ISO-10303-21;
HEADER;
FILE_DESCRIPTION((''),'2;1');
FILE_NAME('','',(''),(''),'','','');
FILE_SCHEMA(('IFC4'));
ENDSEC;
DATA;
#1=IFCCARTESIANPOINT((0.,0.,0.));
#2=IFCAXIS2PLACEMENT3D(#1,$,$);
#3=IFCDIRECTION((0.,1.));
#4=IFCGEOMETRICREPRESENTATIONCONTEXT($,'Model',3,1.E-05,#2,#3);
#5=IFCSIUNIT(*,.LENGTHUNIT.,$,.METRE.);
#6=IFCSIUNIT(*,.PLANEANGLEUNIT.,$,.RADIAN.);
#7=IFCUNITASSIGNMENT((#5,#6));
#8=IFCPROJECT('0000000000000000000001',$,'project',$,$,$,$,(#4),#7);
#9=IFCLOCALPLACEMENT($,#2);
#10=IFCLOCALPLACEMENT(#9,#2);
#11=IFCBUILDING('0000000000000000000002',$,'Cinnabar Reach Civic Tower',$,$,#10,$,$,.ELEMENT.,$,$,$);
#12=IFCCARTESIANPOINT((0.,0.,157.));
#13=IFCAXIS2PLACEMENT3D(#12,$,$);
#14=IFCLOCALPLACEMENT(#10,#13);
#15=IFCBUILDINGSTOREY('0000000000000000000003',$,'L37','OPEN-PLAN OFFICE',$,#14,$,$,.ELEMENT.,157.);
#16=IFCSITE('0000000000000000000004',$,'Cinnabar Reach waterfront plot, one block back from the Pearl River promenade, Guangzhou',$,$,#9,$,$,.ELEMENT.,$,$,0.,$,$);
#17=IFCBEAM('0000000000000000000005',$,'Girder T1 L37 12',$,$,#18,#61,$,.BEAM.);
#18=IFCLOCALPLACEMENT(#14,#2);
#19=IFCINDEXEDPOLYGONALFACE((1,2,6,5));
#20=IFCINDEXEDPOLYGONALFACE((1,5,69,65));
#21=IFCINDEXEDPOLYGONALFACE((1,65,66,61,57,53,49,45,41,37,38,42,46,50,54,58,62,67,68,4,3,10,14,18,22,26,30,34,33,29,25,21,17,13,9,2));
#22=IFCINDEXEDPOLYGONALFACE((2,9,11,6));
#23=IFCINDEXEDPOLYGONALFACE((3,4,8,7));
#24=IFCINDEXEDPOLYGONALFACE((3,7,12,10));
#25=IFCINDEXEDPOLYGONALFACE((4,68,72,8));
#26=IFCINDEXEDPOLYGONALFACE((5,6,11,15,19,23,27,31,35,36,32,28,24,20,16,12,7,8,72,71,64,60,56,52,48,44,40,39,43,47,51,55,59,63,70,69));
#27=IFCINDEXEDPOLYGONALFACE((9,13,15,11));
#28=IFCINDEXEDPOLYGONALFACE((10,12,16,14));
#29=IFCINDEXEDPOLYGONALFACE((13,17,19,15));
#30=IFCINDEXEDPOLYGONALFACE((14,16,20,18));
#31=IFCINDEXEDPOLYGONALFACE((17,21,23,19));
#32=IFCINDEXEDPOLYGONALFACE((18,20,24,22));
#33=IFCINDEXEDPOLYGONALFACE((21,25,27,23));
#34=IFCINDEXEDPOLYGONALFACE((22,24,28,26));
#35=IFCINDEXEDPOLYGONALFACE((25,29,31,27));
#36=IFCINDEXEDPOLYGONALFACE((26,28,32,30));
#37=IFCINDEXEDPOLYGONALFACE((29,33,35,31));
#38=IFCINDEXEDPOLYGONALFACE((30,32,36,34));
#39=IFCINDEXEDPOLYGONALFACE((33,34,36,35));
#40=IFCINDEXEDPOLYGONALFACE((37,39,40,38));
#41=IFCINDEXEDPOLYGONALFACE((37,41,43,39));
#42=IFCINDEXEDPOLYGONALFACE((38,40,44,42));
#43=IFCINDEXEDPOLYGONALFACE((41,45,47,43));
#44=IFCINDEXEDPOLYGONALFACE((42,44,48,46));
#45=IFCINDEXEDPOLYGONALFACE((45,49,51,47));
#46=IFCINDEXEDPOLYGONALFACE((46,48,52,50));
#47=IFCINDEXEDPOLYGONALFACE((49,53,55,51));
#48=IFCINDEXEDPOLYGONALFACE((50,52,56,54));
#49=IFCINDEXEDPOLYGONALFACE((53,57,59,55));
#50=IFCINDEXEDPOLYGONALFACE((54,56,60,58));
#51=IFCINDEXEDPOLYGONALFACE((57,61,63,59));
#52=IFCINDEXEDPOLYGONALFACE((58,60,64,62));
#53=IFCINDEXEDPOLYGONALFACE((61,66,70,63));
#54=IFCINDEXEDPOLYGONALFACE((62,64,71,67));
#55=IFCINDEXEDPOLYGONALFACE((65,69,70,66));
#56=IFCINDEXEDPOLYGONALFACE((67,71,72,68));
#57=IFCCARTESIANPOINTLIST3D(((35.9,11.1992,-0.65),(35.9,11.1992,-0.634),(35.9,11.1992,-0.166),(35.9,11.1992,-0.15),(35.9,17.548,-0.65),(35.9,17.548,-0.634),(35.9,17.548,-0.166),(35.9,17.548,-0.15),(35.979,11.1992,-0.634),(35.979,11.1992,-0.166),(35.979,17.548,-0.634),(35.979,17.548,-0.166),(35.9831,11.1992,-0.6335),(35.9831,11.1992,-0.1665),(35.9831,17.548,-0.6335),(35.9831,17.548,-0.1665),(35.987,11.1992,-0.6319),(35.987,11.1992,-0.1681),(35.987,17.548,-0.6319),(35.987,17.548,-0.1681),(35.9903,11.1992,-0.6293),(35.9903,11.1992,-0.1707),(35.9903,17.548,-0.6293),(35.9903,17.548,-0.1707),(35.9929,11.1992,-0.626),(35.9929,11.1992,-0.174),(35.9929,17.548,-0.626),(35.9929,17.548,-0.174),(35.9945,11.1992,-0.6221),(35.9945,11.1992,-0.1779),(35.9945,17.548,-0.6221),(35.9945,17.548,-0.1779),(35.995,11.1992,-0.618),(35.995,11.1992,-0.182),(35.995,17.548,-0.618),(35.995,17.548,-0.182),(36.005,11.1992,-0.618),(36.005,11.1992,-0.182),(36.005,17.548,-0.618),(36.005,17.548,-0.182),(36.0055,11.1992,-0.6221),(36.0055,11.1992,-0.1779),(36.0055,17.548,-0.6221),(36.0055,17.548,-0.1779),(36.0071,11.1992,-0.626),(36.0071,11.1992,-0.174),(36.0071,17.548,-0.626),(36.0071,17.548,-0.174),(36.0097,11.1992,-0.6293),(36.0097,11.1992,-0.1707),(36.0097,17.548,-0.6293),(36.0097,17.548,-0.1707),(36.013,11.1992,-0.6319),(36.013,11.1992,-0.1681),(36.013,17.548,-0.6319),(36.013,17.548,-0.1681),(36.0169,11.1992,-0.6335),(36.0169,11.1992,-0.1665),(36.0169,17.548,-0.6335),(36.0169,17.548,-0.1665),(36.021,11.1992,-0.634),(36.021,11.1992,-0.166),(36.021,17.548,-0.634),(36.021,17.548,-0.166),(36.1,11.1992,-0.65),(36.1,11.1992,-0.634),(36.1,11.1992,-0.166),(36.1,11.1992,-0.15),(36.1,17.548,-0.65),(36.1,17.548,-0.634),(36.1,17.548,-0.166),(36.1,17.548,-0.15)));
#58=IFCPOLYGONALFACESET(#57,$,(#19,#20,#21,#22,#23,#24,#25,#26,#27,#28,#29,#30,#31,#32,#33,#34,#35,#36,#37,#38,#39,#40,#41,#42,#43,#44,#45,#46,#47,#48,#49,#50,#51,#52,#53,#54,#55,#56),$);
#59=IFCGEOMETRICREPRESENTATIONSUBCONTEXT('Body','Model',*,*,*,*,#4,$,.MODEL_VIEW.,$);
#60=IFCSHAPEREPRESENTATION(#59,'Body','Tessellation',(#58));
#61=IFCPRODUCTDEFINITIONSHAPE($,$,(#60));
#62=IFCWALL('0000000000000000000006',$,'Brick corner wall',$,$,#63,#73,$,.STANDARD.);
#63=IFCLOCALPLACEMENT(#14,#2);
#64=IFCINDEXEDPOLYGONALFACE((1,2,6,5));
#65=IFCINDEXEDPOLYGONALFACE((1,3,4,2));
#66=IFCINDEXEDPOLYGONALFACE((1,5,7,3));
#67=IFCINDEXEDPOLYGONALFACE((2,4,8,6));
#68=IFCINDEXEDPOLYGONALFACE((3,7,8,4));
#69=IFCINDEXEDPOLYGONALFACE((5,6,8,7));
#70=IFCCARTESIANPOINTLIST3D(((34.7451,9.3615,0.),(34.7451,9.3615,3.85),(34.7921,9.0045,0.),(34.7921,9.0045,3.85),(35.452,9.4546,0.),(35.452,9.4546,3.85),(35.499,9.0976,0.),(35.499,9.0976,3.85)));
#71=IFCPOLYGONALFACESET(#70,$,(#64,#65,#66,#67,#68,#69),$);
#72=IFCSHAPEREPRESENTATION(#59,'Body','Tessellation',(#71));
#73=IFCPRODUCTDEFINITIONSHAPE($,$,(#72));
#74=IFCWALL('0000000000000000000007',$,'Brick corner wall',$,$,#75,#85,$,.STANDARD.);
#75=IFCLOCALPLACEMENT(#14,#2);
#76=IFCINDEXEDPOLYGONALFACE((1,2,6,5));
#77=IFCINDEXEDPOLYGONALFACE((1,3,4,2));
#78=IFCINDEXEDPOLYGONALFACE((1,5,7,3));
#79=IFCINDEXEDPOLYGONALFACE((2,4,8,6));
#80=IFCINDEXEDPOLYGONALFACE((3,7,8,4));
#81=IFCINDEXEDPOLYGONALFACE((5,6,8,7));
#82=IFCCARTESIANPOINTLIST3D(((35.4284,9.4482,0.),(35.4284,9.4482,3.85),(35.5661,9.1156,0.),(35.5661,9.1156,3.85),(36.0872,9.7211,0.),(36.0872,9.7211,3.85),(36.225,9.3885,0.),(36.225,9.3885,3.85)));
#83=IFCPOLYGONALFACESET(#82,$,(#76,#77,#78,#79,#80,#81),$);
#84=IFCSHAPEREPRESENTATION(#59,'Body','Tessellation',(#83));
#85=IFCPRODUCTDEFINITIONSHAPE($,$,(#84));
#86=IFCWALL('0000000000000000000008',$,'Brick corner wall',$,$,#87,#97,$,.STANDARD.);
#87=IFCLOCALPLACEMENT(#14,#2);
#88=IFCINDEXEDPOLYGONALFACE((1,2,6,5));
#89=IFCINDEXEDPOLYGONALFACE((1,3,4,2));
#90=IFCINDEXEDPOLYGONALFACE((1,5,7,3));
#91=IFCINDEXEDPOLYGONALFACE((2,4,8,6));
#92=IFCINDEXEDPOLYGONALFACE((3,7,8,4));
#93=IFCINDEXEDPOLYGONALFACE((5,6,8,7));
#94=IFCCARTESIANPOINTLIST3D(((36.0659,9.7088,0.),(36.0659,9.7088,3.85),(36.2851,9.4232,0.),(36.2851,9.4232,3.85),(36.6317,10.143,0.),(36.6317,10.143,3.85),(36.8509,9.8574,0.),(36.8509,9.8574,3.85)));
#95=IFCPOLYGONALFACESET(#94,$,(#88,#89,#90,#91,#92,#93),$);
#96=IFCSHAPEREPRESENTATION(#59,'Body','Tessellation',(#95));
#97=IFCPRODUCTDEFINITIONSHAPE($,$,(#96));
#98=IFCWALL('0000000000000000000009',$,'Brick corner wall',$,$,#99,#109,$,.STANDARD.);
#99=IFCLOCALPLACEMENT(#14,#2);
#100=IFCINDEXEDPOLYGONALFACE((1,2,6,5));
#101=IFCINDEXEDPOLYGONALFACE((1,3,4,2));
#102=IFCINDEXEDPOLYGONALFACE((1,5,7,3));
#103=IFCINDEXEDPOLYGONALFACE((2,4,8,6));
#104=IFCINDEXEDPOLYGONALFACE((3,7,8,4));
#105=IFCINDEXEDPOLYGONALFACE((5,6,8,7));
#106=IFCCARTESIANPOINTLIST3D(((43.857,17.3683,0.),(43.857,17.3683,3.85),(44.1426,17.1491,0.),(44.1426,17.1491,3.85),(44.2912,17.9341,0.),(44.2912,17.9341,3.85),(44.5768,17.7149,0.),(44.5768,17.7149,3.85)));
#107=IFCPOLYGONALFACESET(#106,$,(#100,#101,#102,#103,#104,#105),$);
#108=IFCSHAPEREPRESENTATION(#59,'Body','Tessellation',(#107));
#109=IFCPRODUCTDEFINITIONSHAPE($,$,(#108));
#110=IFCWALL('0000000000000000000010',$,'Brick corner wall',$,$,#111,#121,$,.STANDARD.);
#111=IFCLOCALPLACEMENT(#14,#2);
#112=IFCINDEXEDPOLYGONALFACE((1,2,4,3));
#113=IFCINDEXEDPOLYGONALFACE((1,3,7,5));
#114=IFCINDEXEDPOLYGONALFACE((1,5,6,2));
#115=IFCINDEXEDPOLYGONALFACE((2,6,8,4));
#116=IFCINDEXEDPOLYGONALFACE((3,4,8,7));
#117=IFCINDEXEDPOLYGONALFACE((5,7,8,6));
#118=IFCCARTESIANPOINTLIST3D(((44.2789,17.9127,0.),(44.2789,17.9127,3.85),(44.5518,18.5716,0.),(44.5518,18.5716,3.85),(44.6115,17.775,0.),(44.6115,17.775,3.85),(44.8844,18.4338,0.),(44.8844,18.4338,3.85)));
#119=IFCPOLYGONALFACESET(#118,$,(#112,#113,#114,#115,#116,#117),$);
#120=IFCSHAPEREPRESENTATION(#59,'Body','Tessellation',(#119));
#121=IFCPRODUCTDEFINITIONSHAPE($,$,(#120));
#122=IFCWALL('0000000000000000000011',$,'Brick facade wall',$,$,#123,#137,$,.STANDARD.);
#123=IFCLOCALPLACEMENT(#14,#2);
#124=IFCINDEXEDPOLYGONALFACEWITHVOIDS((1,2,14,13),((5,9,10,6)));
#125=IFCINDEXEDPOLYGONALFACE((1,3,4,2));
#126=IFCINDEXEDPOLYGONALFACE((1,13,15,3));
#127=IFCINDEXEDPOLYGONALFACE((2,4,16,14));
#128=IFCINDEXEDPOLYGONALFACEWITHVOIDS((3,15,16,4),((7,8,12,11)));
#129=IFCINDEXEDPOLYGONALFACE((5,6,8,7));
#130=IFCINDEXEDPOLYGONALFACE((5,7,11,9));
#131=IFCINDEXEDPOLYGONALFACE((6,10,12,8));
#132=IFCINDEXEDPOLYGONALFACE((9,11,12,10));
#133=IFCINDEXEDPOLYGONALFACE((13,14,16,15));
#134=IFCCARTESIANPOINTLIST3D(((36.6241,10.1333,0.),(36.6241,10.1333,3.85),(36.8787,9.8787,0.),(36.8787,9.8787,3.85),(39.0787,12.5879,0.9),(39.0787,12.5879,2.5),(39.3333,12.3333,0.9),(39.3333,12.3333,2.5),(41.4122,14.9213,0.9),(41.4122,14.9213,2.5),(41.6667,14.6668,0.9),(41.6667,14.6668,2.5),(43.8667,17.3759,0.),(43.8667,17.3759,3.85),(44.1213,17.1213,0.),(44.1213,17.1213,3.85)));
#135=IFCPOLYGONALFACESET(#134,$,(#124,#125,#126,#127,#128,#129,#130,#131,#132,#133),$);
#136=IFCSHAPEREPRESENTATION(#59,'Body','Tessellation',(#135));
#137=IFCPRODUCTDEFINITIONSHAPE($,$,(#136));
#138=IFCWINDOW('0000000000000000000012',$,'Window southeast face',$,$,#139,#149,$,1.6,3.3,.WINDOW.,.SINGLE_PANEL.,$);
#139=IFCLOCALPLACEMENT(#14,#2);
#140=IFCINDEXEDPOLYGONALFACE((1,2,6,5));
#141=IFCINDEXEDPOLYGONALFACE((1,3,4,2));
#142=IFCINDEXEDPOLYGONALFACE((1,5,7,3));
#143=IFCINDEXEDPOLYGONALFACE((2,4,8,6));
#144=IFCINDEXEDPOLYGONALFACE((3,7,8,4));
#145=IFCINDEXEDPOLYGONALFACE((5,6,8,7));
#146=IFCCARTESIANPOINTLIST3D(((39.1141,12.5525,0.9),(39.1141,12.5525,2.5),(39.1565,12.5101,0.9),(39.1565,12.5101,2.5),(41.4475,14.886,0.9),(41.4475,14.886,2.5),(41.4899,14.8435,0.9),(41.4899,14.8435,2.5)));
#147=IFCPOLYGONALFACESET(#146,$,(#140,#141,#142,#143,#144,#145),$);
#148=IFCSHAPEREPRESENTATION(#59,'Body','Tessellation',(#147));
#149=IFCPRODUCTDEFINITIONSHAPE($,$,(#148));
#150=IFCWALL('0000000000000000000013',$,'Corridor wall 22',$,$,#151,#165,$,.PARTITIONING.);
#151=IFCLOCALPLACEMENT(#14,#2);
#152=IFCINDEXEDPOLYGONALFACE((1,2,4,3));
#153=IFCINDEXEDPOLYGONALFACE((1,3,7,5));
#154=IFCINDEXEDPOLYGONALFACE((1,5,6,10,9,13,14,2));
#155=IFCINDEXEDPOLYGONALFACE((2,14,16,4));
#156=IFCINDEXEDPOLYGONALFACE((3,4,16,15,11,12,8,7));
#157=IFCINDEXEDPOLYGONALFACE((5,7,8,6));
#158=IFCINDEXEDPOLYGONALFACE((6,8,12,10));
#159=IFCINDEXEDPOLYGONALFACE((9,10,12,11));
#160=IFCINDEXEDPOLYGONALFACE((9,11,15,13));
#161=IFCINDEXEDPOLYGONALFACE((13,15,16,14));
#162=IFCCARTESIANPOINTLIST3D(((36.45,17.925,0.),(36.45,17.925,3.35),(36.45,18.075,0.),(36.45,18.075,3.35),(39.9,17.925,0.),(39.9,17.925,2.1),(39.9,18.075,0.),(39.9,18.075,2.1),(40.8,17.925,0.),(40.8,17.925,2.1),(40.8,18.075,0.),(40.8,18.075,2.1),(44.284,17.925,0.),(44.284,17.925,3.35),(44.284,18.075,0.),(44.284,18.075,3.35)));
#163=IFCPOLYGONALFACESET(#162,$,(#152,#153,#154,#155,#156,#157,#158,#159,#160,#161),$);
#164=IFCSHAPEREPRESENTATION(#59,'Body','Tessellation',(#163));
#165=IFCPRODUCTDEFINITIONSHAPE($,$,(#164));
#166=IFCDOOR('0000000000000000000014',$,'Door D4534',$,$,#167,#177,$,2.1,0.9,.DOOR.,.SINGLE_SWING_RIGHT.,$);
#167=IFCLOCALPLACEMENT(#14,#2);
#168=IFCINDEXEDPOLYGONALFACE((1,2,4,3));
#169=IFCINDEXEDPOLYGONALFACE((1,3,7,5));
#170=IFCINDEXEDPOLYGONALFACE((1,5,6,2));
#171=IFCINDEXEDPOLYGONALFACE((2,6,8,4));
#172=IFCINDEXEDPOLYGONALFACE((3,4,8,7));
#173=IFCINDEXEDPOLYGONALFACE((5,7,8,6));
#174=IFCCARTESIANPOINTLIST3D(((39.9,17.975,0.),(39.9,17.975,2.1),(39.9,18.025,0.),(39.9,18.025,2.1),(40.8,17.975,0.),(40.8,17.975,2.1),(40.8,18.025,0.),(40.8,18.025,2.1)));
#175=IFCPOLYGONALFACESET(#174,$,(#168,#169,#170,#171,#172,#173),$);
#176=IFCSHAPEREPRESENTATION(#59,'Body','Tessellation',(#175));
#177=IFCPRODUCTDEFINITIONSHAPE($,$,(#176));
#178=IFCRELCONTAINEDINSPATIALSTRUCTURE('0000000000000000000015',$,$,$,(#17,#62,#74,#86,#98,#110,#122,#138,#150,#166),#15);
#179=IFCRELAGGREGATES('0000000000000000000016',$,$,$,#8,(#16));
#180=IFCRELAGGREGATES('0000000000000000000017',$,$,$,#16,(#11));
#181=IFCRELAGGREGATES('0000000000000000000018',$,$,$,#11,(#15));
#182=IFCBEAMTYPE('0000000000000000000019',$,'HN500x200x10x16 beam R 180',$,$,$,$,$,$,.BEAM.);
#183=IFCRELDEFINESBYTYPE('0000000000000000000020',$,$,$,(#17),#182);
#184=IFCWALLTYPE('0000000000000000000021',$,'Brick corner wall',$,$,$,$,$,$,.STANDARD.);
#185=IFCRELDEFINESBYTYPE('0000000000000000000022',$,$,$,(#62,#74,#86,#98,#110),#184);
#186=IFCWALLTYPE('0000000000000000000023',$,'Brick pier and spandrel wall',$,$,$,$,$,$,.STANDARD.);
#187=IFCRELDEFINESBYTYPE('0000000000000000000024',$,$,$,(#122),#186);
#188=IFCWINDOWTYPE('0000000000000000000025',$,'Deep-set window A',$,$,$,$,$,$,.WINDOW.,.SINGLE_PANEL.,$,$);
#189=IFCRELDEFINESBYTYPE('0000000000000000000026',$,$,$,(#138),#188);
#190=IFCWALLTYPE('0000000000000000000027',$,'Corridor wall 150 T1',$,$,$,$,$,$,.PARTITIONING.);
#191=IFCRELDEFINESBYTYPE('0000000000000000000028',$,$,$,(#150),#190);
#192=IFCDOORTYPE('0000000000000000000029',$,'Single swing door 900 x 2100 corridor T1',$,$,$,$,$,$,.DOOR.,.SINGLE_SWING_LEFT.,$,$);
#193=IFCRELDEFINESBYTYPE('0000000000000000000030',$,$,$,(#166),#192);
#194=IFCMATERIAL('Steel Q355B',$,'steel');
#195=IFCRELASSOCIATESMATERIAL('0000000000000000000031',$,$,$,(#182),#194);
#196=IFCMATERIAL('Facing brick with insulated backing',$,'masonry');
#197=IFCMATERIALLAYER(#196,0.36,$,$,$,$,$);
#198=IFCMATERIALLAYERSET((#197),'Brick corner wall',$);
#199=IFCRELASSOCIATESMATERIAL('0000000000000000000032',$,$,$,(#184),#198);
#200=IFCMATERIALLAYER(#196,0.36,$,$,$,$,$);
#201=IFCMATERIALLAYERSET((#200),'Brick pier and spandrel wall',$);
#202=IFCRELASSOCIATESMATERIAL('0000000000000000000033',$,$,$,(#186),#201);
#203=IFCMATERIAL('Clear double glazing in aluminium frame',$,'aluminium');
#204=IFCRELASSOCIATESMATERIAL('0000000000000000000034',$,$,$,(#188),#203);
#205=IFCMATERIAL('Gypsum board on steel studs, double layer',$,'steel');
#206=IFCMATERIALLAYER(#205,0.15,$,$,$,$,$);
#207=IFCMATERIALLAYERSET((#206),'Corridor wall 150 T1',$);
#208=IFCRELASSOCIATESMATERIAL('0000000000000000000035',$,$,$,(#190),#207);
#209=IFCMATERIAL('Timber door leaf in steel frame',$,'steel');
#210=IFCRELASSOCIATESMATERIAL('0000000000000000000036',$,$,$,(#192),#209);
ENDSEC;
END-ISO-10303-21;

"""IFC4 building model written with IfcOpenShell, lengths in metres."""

from ifc_helpers import new_model, si_unit, direction, frame, frame_2d, origin, origin_2d, place, context, subcontext, project, spatial, rectangle, i_section, extrude, material, layer, layer_set, material_profile, profile_set, type_object, element, fill, save


model = new_model("IFC4")

# Units and contexts
model_context = context("Model", 3, precision=1e-05, world=origin(), true_north=direction((0.0, 1.0)))
body_context = subcontext(model_context, "Body", "Model", "MODEL_VIEW")
ifc_project = project(units=[si_unit("LENGTHUNIT", "METRE"), si_unit("PLANEANGLEUNIT", "RADIAN")], contexts=[model_context])

# Site, building, storey
site_placement = place(None, origin())
site = spatial("IfcSite", under=ifc_project, at=site_placement, Name="Cinnabar Reach waterfront plot, one block back from the Pearl River promenade, Guangzhou", CompositionType="ELEMENT", RefElevation=0.0)
building_placement = place(site_placement, origin())
building = spatial("IfcBuilding", under=site, at=building_placement, Name="Cinnabar Reach Civic Tower", CompositionType="ELEMENT")
storey_placement = place(building_placement, frame((0.0, 0.0, 157.0)))
storey = spatial("IfcBuildingStorey", under=building, at=storey_placement, Name="L37", Description="OPEN-PLAN OFFICE", CompositionType="ELEMENT", Elevation=157.0)

# Beam
ifc_material_1 = material(Name="Steel Q355B", Category="steel")
ifc_material_profile_1 = material_profile(ifc_material_1, i_section(OverallWidth=0.2, OverallDepth=0.5, WebThickness=0.01, FlangeThickness=0.016, FilletRadius=0.016, at=origin_2d()), Name="HN500x200x10x16")
ifc_profile_set_1 = profile_set([ifc_material_profile_1], Name="Steel Q355B")
beam_type_1 = type_object("IfcBeamType", Name="HN500x200x10x16 beam R 180", PredefinedType="BEAM", material=ifc_profile_set_1)
for number, where, z_axis, x_axis, name in (
    (1, (36.0, 11.1992, -0.4), (0.0, 1.0, 0.0), (-1.0, 0.0, 0.0), "Girder T1 L37 12"),
):
    element("IfcBeam", number, at=place(storey_placement, frame(where, z_axis=z_axis, x_axis=x_axis)), inside=storey, type_object=beam_type_1, Name=name, PredefinedType="BEAM", context=body_context, shape_type="SweptSolid", body=[
        extrude(i_section(OverallWidth=0.2, OverallDepth=0.5, WebThickness=0.01, FlangeThickness=0.016, FilletRadius=0.016, at=origin_2d()), origin(), (0.0, 0.0, 1.0), 6.3488),
    ])

# Walls
ifc_material_2 = material(Name="Facing brick with insulated backing", Category="masonry")
ifc_layer_1 = layer(ifc_material_2, 0.36)
ifc_layer_set_1 = layer_set([ifc_layer_1], Name="Brick corner wall")
wall_type_1 = type_object("IfcWallType", Name="Brick corner wall", PredefinedType="STANDARD", material=ifc_layer_set_1)
for number, where, z_axis, x_axis, name in (
    (2, (34.7686, 9.183, 0.0), (0.0, 0.0, 1.0), (0.991441, 0.130556, 0.0), "Brick corner wall"),
    (3, (35.4973, 9.2819, 0.0), (0.0, 0.0, 1.0), (0.923872, 0.382703, 0.0), "Brick corner wall"),
):
    element("IfcWall", number, at=place(storey_placement, frame(where, z_axis=z_axis, x_axis=x_axis)), inside=storey, type_object=wall_type_1, Name=name, PredefinedType="STANDARD", context=body_context, shape_type="SweptSolid", body=[
        extrude(rectangle(XDim=0.7131, YDim=0.36, at=frame_2d((0.3565, 0.0))), origin(), (0.0, 0.0, 1.0), 3.85),
    ])
for number, where, z_axis, x_axis, name in (
    (4, (36.1755, 9.566, 0.0), (0.0, 0.0, 1.0), (0.793322, 0.608802, 0.0), "Brick corner wall"),
    (5, (43.9998, 17.2587, 0.0), (0.0, 0.0, 1.0), (0.608802, 0.793322, 0.0), "Brick corner wall"),
):
    element("IfcWall", number, at=place(storey_placement, frame(where, z_axis=z_axis, x_axis=x_axis)), inside=storey, type_object=wall_type_1, Name=name, PredefinedType="STANDARD", context=body_context, shape_type="SweptSolid", body=[
        extrude(rectangle(XDim=0.7132, YDim=0.36, at=frame_2d((0.3566, 0.0))), origin(), (0.0, 0.0, 1.0), 3.85),
    ])
wall_1_placement = place(storey_placement, frame((44.4452, 17.8439, 0.0), z_axis=(0.0, 0.0, 1.0), x_axis=(0.382703, 0.923872, 0.0)))
element("IfcWall", 6, at=wall_1_placement, inside=storey, type_object=wall_type_1, Name="Brick corner wall", PredefinedType="STANDARD", context=body_context, shape_type="SweptSolid", body=[
    extrude(rectangle(XDim=0.7131, YDim=0.36, at=frame_2d((0.3565, 0.0))), origin(), (0.0, 0.0, 1.0), 3.85),
])

# Wall, opening, window
ifc_layer_2 = layer(ifc_material_2, 0.36)
ifc_layer_set_2 = layer_set([ifc_layer_2], Name="Brick pier and spandrel wall")
wall_type_2 = type_object("IfcWallType", Name="Brick pier and spandrel wall", PredefinedType="STANDARD", material=ifc_layer_set_2)
wall_2_placement = place(storey_placement, frame((36.7514, 10.006, 0.0), z_axis=(0.0, 0.0, 1.0), x_axis=(0.707107, 0.707107, 0.0)))
wall_2 = element("IfcWall", 7, at=wall_2_placement, inside=storey, type_object=wall_type_2, Name="Brick facade wall", PredefinedType="STANDARD", context=body_context, shape_type="SweptSolid", body=[
    extrude(rectangle(XDim=10.2426, YDim=0.36, at=frame_2d((5.1213, 0.0))), origin(), (0.0, 0.0, 1.0), 3.85),
])
opening_1_placement = place(wall_2_placement, frame((3.4713, 0.0, 0.9)))
opening_1 = element("IfcOpeningElement", 8, at=opening_1_placement, cuts=wall_2, PredefinedType="OPENING", context=body_context, shape_type="SweptSolid", body=[
    extrude(rectangle(XDim=3.3, YDim=1.6, at=frame_2d((1.65, 0.8))), frame((0.0, 0.19, 0.0), z_axis=(0.0, -1.0, 0.0), x_axis=(1.0, 0.0, 0.0)), (0.0, 0.0, 1.0), 0.38),
])
ifc_material_3 = material(Name="Clear double glazing in aluminium frame", Category="aluminium")
window_type = type_object("IfcWindowType", Name="Deep-set window A", PartitioningType="SINGLE_PANEL", PredefinedType="WINDOW", material=ifc_material_3)
window_placement = place(opening_1_placement, origin())
window = element("IfcWindow", 9, at=window_placement, inside=storey, type_object=window_type, Name="Window southeast face", OverallHeight=1.6, OverallWidth=3.3, PartitioningType="SINGLE_PANEL", PredefinedType="WINDOW", context=body_context, shape_type="SweptSolid", body=[
    extrude(rectangle(XDim=3.3, YDim=1.6, at=frame_2d((1.65, 0.8))), frame((0.0, 0.13, 0.0), z_axis=(0.0, -1.0, 0.0), x_axis=(1.0, 0.0, 0.0)), (0.0, 0.0, 1.0), 0.06),
])
fill(opening_1, window)

# Wall, opening, door
ifc_material_4 = material(Name="Gypsum board on steel studs, double layer", Category="steel")
ifc_layer_3 = layer(ifc_material_4, 0.15)
ifc_layer_set_3 = layer_set([ifc_layer_3], Name="Corridor wall 150 T1")
wall_type_3 = type_object("IfcWallType", Name="Corridor wall 150 T1", PredefinedType="PARTITIONING", material=ifc_layer_set_3)
wall_3_placement = place(storey_placement, frame((36.45, 18.0, 0.0), z_axis=(0.0, 0.0, 1.0), x_axis=(1.0, 0.0, 0.0)))
wall_3 = element("IfcWall", 10, at=wall_3_placement, inside=storey, type_object=wall_type_3, Name="Corridor wall 22", PredefinedType="PARTITIONING", context=body_context, shape_type="SweptSolid", body=[
    extrude(rectangle(XDim=7.834, YDim=0.15, at=frame_2d((3.917, 0.0))), origin(), (0.0, 0.0, 1.0), 3.35),
])
opening_2_placement = place(wall_3_placement, frame((3.45, 0.0, 0.0)))
opening_2 = element("IfcOpeningElement", 11, at=opening_2_placement, cuts=wall_3, PredefinedType="OPENING", context=body_context, shape_type="SweptSolid", body=[
    extrude(rectangle(XDim=0.9, YDim=2.1, at=frame_2d((0.45, 1.05))), frame((0.0, 0.085, 0.0), z_axis=(0.0, -1.0, 0.0), x_axis=(1.0, 0.0, 0.0)), (0.0, 0.0, 1.0), 0.17),
])
ifc_material_5 = material(Name="Timber door leaf in steel frame", Category="steel")
door_type = type_object("IfcDoorType", Name="Single swing door 900 x 2100 corridor T1", OperationType="SINGLE_SWING_LEFT", PredefinedType="DOOR", material=ifc_material_5)
door_placement = place(opening_2_placement, frame((0.9, 0.0, 0.0), z_axis=(0.0, 0.0, 1.0), x_axis=(-1.0, 0.0, 0.0)))
door = element("IfcDoor", 12, at=door_placement, inside=storey, type_object=door_type, Name="Door D4534", OperationType="SINGLE_SWING_RIGHT", OverallHeight=2.1, OverallWidth=0.9, PredefinedType="DOOR", context=body_context, shape_type="SweptSolid", body=[
    extrude(rectangle(XDim=0.9, YDim=2.1, at=frame_2d((0.45, 1.05))), frame((0.0, 0.025, 0.0), z_axis=(0.0, -1.0, 0.0), x_axis=(1.0, 0.0, 0.0)), (0.0, 0.0, 1.0), 0.05),
])
fill(opening_2, door)

save(model, "model.ifc")
